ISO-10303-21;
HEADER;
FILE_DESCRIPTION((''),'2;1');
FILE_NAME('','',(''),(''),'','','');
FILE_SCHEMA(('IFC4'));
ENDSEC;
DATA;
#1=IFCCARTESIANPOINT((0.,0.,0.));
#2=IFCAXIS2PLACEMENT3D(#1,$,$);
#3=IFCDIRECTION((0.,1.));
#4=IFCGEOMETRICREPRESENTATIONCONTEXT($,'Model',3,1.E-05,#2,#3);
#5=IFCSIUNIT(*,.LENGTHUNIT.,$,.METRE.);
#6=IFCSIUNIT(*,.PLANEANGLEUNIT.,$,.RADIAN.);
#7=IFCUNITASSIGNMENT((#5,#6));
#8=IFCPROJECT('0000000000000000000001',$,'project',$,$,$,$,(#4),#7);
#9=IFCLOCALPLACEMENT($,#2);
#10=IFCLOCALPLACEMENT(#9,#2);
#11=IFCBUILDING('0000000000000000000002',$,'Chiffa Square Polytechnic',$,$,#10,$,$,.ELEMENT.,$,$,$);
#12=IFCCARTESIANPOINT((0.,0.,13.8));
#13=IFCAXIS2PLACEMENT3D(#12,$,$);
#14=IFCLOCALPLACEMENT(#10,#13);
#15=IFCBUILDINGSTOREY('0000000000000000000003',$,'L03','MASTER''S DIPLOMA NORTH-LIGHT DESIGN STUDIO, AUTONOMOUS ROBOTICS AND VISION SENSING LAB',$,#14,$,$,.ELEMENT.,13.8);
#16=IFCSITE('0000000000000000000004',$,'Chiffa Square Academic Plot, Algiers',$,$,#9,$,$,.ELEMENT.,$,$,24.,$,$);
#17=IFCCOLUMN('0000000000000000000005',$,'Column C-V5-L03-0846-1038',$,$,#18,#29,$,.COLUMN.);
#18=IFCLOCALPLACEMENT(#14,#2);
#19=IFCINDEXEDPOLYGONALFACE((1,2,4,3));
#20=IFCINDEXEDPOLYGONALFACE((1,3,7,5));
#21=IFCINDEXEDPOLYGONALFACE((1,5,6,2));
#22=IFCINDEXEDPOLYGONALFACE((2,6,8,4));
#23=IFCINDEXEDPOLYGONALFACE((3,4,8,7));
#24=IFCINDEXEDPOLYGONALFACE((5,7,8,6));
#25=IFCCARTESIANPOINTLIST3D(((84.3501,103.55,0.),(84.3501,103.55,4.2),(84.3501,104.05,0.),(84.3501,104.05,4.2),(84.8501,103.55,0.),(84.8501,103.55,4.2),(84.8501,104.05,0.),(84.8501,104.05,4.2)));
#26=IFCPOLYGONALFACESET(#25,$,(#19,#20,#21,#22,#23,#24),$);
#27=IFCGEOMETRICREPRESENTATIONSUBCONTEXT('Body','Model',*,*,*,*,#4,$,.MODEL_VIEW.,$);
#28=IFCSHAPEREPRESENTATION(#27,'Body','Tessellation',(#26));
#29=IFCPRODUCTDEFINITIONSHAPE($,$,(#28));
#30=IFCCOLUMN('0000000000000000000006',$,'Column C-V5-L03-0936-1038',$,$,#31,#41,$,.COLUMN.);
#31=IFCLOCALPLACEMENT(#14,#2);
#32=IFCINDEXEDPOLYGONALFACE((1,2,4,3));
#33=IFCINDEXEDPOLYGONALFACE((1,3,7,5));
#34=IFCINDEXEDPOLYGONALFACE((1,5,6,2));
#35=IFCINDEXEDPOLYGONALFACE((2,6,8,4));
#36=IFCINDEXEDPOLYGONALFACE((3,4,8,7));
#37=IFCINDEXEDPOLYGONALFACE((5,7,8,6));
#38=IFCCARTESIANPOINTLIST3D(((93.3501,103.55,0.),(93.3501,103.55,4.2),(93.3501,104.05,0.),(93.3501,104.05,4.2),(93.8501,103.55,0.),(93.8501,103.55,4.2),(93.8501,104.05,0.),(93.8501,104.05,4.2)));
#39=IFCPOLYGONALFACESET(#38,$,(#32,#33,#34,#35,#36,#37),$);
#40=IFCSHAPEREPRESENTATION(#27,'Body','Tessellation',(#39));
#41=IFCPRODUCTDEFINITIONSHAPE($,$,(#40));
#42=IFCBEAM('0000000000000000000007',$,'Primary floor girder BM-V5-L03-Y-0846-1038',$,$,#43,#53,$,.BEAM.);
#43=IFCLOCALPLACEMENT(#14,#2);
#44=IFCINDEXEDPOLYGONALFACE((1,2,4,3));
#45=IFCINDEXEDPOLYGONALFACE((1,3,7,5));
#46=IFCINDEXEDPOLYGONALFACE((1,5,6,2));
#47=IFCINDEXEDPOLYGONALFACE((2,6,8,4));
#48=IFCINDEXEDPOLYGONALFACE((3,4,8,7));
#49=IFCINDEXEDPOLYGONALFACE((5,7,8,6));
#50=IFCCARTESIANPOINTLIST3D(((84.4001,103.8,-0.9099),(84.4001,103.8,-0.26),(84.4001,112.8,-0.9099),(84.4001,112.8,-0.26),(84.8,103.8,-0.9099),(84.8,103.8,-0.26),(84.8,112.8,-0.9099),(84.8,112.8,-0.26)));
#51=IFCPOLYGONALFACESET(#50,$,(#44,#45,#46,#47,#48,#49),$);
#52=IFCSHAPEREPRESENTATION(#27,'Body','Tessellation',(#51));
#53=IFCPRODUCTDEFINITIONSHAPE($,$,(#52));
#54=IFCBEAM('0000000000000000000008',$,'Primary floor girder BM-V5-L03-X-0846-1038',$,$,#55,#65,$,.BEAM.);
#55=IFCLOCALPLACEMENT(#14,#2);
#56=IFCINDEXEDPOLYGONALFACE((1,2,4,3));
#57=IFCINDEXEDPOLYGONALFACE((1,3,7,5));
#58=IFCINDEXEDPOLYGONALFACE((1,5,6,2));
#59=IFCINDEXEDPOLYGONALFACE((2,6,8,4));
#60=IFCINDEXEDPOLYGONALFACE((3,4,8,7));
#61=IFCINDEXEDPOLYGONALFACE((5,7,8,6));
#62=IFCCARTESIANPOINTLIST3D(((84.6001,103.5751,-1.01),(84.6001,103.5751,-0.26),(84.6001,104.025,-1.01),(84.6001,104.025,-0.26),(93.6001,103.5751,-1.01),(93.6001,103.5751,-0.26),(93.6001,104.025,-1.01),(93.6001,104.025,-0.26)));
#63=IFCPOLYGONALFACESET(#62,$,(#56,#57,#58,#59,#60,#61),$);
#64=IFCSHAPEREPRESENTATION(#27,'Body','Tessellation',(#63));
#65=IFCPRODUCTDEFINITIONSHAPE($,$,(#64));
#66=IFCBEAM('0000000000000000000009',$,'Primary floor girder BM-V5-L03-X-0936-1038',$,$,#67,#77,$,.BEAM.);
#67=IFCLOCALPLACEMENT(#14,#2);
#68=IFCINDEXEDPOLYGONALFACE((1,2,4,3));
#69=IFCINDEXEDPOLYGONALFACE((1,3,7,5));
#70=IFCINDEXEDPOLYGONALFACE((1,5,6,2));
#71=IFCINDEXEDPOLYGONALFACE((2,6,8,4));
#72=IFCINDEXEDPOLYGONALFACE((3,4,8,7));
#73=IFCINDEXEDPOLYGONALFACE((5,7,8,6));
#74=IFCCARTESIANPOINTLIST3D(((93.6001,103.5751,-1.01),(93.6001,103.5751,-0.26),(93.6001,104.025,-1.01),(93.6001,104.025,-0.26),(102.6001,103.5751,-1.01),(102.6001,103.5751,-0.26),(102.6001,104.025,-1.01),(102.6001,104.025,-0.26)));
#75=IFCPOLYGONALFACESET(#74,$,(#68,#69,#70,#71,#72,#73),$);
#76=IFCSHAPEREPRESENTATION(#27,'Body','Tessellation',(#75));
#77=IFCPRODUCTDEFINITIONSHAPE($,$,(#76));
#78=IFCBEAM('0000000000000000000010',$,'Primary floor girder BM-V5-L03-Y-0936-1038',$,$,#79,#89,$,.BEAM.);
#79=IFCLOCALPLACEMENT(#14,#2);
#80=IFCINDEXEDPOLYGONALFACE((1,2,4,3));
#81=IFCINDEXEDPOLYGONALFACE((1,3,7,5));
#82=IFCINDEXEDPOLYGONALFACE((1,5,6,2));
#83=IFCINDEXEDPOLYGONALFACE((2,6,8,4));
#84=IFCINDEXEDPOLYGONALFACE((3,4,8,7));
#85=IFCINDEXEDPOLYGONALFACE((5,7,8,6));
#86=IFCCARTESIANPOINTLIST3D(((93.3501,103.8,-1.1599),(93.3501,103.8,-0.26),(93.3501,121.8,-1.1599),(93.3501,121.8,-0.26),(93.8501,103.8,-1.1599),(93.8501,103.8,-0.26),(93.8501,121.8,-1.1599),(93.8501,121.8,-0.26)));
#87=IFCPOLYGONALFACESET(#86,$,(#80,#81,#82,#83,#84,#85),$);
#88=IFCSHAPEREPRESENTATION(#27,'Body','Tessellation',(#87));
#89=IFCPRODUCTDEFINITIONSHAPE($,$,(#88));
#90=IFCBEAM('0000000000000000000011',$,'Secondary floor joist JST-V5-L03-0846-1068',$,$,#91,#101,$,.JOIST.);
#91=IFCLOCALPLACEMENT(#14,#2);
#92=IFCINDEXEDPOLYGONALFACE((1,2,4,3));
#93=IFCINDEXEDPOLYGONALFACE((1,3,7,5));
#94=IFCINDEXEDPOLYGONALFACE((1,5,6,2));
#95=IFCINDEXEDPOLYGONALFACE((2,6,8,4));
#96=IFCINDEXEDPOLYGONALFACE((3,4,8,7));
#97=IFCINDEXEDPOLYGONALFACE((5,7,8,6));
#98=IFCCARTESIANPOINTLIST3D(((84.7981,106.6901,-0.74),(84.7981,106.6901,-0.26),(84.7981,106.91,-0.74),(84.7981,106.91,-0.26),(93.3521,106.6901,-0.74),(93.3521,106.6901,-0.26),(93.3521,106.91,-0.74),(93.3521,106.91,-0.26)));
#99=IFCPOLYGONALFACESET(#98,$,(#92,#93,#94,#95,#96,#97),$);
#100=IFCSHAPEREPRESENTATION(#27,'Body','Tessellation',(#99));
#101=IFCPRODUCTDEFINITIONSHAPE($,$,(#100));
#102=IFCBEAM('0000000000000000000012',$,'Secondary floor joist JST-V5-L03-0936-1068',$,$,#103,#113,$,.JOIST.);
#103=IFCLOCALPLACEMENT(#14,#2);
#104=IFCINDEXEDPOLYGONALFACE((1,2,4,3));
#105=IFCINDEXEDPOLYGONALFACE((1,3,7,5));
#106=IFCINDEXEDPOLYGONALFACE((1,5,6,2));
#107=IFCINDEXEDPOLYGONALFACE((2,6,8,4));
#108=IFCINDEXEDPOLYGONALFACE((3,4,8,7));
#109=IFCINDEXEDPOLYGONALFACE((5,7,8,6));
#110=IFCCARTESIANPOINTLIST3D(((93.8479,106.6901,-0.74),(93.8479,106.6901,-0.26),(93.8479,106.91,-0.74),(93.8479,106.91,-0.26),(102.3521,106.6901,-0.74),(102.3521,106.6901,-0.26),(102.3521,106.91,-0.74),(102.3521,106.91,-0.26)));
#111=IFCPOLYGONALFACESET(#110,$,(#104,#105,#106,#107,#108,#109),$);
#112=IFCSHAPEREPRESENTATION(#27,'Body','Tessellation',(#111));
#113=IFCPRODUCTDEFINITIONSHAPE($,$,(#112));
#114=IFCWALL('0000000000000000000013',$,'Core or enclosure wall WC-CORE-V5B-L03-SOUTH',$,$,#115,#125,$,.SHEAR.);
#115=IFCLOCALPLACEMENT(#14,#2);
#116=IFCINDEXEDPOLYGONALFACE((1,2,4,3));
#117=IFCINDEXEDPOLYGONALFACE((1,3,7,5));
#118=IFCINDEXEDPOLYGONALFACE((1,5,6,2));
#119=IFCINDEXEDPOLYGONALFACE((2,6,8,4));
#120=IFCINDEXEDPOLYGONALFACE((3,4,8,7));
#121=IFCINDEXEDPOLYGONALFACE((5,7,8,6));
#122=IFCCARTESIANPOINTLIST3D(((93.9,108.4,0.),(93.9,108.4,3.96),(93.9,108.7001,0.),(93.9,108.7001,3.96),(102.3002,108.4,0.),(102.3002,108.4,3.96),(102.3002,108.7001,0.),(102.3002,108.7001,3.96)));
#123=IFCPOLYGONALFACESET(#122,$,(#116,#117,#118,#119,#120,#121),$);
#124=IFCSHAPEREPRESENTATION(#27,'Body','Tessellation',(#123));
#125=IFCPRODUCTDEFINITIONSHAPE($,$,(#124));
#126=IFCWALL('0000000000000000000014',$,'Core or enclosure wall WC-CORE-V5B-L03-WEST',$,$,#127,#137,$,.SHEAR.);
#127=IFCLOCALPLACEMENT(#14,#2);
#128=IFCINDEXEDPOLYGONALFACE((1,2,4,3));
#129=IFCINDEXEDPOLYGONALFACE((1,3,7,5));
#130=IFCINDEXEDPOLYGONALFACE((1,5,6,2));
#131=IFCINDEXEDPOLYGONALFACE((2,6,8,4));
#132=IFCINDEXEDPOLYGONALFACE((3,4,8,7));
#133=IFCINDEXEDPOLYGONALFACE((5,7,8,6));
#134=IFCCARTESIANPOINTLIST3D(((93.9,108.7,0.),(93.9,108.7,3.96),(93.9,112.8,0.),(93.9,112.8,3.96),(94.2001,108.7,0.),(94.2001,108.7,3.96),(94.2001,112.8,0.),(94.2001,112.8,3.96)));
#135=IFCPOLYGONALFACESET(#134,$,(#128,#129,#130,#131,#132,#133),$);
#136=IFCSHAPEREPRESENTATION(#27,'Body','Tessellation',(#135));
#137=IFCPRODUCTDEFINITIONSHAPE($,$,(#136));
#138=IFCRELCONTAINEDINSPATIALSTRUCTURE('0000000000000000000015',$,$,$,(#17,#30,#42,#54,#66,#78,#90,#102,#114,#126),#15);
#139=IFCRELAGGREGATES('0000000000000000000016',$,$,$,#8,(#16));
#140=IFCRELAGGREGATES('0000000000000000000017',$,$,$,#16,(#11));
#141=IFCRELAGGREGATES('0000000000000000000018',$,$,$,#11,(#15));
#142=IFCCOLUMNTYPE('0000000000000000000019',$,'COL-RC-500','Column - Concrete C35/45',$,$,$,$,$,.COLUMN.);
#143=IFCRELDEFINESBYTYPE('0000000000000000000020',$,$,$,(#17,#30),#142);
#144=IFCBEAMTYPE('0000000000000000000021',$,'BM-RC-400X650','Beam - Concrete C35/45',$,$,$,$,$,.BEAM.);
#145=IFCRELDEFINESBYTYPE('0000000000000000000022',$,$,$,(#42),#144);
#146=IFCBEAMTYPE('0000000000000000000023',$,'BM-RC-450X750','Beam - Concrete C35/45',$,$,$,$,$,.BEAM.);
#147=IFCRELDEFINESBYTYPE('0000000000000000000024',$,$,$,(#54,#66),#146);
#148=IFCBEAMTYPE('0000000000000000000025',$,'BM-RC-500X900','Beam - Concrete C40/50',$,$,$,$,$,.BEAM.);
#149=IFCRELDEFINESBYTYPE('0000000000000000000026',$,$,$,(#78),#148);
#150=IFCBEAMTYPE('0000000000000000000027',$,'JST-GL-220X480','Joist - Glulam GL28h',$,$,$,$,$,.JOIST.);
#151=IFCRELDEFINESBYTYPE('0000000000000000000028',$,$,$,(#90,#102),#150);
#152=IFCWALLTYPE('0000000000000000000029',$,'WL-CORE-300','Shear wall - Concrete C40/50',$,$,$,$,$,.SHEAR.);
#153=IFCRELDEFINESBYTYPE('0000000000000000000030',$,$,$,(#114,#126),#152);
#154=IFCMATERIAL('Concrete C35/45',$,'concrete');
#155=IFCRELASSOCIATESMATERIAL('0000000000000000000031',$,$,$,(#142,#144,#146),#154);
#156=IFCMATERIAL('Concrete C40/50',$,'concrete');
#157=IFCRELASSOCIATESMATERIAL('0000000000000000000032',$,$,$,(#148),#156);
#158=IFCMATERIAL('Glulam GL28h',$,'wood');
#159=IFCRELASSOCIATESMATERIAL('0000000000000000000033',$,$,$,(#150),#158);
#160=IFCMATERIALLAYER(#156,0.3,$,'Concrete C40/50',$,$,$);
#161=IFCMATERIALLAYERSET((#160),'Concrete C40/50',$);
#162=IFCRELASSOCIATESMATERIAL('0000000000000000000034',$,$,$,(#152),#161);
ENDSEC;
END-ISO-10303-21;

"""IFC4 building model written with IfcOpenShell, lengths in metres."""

from ifc_helpers import new_model, si_unit, direction, frame, frame_2d, origin, origin_2d, place, context, subcontext, project, spatial, rectangle, extrude, material, layer, layer_set, material_profile, profile_set, type_object, element, save


model = new_model("IFC4")

# Units and contexts
model_context = context("Model", 3, precision=1e-05, world=origin(), true_north=direction((0.0, 1.0)))
body_context = subcontext(model_context, "Body", "Model", "MODEL_VIEW")
ifc_project = project(units=[si_unit("LENGTHUNIT", "METRE"), si_unit("PLANEANGLEUNIT", "RADIAN")], contexts=[model_context])

# Site, building, storey
site_placement = place(None, origin())
site = spatial("IfcSite", under=ifc_project, at=site_placement, Name="Chiffa Square Academic Plot, Algiers", CompositionType="ELEMENT", RefElevation=24.0)
building_placement = place(site_placement, origin())
building = spatial("IfcBuilding", under=site, at=building_placement, Name="Chiffa Square Polytechnic", CompositionType="ELEMENT")
storey_placement = place(building_placement, frame((0.0, 0.0, 13.8)))
storey = spatial("IfcBuildingStorey", under=building, at=storey_placement, Name="L03", Description="MASTER'S DIPLOMA NORTH-LIGHT DESIGN STUDIO, AUTONOMOUS ROBOTICS AND VISION SENSING LAB", CompositionType="ELEMENT", Elevation=13.8)

# Columns
ifc_material_1 = material(Name="Concrete C35/45", Category="concrete")
ifc_material_profile_1 = material_profile(ifc_material_1, rectangle(XDim=0.5, YDim=0.5, at=origin_2d()), Name="RC 500x500")
ifc_profile_set_1 = profile_set([ifc_material_profile_1], Name="Concrete C35/45")
column_type = type_object("IfcColumnType", Name="COL-RC-500", Description="Column - Concrete C35/45", PredefinedType="COLUMN", material=ifc_profile_set_1)
for number, where, z_axis, x_axis, name in (
    (1, (84.6001, 103.8, 0.0), (0.0, 0.0, 1.0), (1.0, 0.0, 0.0), "Column C-V5-L03-0846-1038"),
    (2, (93.6001, 103.8, 0.0), (0.0, 0.0, 1.0), (1.0, 0.0, 0.0), "Column C-V5-L03-0936-1038"),
):
    element("IfcColumn", number, at=place(storey_placement, frame(where, z_axis=z_axis, x_axis=x_axis)), inside=storey, type_object=column_type, Name=name, PredefinedType="COLUMN", context=body_context, shape_type="SweptSolid", body=[
        extrude(rectangle(XDim=0.5, YDim=0.5, at=origin_2d()), origin(), (0.0, 0.0, 1.0), 4.2),
    ])

# Beams
ifc_material_profile_2 = material_profile(ifc_material_1, rectangle(XDim=0.3999, YDim=0.6499, at=origin_2d()), Name="RC 400x650")
ifc_profile_set_2 = profile_set([ifc_material_profile_2], Name="Concrete C35/45")
beam_type_1 = type_object("IfcBeamType", Name="BM-RC-400X650", Description="Beam - Concrete C35/45", PredefinedType="BEAM", material=ifc_profile_set_2)
beam_1_placement = place(storey_placement, frame((84.6001, 103.8, -0.585), z_axis=(0.0, 1.0, 0.0), x_axis=(-1.0, 0.0, 0.0)))
element("IfcBeam", 3, at=beam_1_placement, inside=storey, type_object=beam_type_1, Name="Primary floor girder BM-V5-L03-Y-0846-1038", PredefinedType="BEAM", context=body_context, shape_type="SweptSolid", body=[
    extrude(rectangle(XDim=0.3999, YDim=0.6499, at=origin_2d()), origin(), (0.0, 0.0, 1.0), 9.0),
])
ifc_material_profile_3 = material_profile(ifc_material_1, rectangle(XDim=0.45, YDim=0.75, at=origin_2d()), Name="RC 450x750")
ifc_profile_set_3 = profile_set([ifc_material_profile_3], Name="Concrete C35/45")
beam_type_2 = type_object("IfcBeamType", Name="BM-RC-450X750", Description="Beam - Concrete C35/45", PredefinedType="BEAM", material=ifc_profile_set_3)
for number, where, z_axis, x_axis, name in (
    (4, (84.6001, 103.8, -0.635), (1.0, 0.0, 0.0), (0.0, 1.0, 0.0), "Primary floor girder BM-V5-L03-X-0846-1038"),
    (5, (93.6001, 103.8, -0.635), (1.0, 0.0, 0.0), (0.0, 1.0, 0.0), "Primary floor girder BM-V5-L03-X-0936-1038"),
):
    element("IfcBeam", number, at=place(storey_placement, frame(where, z_axis=z_axis, x_axis=x_axis)), inside=storey, type_object=beam_type_2, Name=name, PredefinedType="BEAM", context=body_context, shape_type="SweptSolid", body=[
        extrude(rectangle(XDim=0.45, YDim=0.75, at=origin_2d()), origin(), (0.0, 0.0, 1.0), 9.0),
    ])
ifc_material_2 = material(Name="Concrete C40/50", Category="concrete")
ifc_material_profile_4 = material_profile(ifc_material_2, rectangle(XDim=0.5, YDim=0.8999, at=origin_2d()), Name="RC 500x900")
ifc_profile_set_4 = profile_set([ifc_material_profile_4], Name="Concrete C40/50")
beam_type_3 = type_object("IfcBeamType", Name="BM-RC-500X900", Description="Beam - Concrete C40/50", PredefinedType="BEAM", material=ifc_profile_set_4)
beam_2_placement = place(storey_placement, frame((93.6001, 103.8, -0.71), z_axis=(0.0, 1.0, 0.0), x_axis=(-1.0, 0.0, 0.0)))
element("IfcBeam", 6, at=beam_2_placement, inside=storey, type_object=beam_type_3, Name="Primary floor girder BM-V5-L03-Y-0936-1038", PredefinedType="BEAM", context=body_context, shape_type="SweptSolid", body=[
    extrude(rectangle(XDim=0.5, YDim=0.8999, at=origin_2d()), origin(), (0.0, 0.0, 1.0), 18.0),
])
ifc_material_3 = material(Name="Glulam GL28h", Category="wood")
ifc_material_profile_5 = material_profile(ifc_material_3, rectangle(XDim=0.22, YDim=0.48, at=origin_2d()), Name="GL28h 220x480")
ifc_profile_set_5 = profile_set([ifc_material_profile_5], Name="Glulam GL28h")
beam_type_4 = type_object("IfcBeamType", Name="JST-GL-220X480", Description="Joist - Glulam GL28h", PredefinedType="JOIST", material=ifc_profile_set_5)
beam_3_placement = place(storey_placement, frame((84.7981, 106.8, -0.5), z_axis=(1.0, 0.0, 0.0), x_axis=(0.0, 1.0, 0.0)))
element("IfcBeam", 7, at=beam_3_placement, inside=storey, type_object=beam_type_4, Name="Secondary floor joist JST-V5-L03-0846-1068", PredefinedType="JOIST", context=body_context, shape_type="SweptSolid", body=[
    extrude(rectangle(XDim=0.22, YDim=0.48, at=origin_2d()), origin(), (0.0, 0.0, 1.0), 8.554),
])
beam_4_placement = place(storey_placement, frame((93.8479, 106.8, -0.5), z_axis=(1.0, 0.0, 0.0), x_axis=(0.0, 1.0, 0.0)))
element("IfcBeam", 8, at=beam_4_placement, inside=storey, type_object=beam_type_4, Name="Secondary floor joist JST-V5-L03-0936-1068", PredefinedType="JOIST", context=body_context, shape_type="SweptSolid", body=[
    extrude(rectangle(XDim=0.22, YDim=0.48, at=origin_2d()), origin(), (0.0, 0.0, 1.0), 8.5042),
])

# Walls
ifc_layer_1 = layer(ifc_material_2, 0.3, Name="Concrete C40/50")
ifc_layer_set_1 = layer_set([ifc_layer_1], Name="Concrete C40/50")
wall_type_1 = type_object("IfcWallType", Name="WL-CORE-300", Description="Shear wall - Concrete C40/50", PredefinedType="SHEAR", material=ifc_layer_set_1)
wall_1_placement = place(storey_placement, frame((93.8999, 108.55, 0.0), z_axis=(0.0, 0.0, 1.0), x_axis=(1.0, 0.0, 0.0)))
element("IfcWall", 9, at=wall_1_placement, inside=storey, type_object=wall_type_1, Name="Core or enclosure wall WC-CORE-V5B-L03-SOUTH", PredefinedType="SHEAR", context=body_context, shape_type="SweptSolid", body=[
    extrude(rectangle(XDim=8.4001, YDim=0.3, at=frame_2d((4.2002, 0.0))), origin(), (0.0, 0.0, 1.0), 3.96),
])
wall_2_placement = place(storey_placement, frame((94.05, 108.7, 0.0), z_axis=(0.0, 0.0, 1.0), x_axis=(0.0, 1.0, 0.0)))
element("IfcWall", 10, at=wall_2_placement, inside=storey, type_object=wall_type_1, Name="Core or enclosure wall WC-CORE-V5B-L03-WEST", PredefinedType="SHEAR", context=body_context, shape_type="SweptSolid", body=[
    extrude(rectangle(XDim=4.1001, YDim=0.3, at=frame_2d((2.05, 0.0))), origin(), (0.0, 0.0, 1.0), 3.96),
])

save(model, "model.ifc")
